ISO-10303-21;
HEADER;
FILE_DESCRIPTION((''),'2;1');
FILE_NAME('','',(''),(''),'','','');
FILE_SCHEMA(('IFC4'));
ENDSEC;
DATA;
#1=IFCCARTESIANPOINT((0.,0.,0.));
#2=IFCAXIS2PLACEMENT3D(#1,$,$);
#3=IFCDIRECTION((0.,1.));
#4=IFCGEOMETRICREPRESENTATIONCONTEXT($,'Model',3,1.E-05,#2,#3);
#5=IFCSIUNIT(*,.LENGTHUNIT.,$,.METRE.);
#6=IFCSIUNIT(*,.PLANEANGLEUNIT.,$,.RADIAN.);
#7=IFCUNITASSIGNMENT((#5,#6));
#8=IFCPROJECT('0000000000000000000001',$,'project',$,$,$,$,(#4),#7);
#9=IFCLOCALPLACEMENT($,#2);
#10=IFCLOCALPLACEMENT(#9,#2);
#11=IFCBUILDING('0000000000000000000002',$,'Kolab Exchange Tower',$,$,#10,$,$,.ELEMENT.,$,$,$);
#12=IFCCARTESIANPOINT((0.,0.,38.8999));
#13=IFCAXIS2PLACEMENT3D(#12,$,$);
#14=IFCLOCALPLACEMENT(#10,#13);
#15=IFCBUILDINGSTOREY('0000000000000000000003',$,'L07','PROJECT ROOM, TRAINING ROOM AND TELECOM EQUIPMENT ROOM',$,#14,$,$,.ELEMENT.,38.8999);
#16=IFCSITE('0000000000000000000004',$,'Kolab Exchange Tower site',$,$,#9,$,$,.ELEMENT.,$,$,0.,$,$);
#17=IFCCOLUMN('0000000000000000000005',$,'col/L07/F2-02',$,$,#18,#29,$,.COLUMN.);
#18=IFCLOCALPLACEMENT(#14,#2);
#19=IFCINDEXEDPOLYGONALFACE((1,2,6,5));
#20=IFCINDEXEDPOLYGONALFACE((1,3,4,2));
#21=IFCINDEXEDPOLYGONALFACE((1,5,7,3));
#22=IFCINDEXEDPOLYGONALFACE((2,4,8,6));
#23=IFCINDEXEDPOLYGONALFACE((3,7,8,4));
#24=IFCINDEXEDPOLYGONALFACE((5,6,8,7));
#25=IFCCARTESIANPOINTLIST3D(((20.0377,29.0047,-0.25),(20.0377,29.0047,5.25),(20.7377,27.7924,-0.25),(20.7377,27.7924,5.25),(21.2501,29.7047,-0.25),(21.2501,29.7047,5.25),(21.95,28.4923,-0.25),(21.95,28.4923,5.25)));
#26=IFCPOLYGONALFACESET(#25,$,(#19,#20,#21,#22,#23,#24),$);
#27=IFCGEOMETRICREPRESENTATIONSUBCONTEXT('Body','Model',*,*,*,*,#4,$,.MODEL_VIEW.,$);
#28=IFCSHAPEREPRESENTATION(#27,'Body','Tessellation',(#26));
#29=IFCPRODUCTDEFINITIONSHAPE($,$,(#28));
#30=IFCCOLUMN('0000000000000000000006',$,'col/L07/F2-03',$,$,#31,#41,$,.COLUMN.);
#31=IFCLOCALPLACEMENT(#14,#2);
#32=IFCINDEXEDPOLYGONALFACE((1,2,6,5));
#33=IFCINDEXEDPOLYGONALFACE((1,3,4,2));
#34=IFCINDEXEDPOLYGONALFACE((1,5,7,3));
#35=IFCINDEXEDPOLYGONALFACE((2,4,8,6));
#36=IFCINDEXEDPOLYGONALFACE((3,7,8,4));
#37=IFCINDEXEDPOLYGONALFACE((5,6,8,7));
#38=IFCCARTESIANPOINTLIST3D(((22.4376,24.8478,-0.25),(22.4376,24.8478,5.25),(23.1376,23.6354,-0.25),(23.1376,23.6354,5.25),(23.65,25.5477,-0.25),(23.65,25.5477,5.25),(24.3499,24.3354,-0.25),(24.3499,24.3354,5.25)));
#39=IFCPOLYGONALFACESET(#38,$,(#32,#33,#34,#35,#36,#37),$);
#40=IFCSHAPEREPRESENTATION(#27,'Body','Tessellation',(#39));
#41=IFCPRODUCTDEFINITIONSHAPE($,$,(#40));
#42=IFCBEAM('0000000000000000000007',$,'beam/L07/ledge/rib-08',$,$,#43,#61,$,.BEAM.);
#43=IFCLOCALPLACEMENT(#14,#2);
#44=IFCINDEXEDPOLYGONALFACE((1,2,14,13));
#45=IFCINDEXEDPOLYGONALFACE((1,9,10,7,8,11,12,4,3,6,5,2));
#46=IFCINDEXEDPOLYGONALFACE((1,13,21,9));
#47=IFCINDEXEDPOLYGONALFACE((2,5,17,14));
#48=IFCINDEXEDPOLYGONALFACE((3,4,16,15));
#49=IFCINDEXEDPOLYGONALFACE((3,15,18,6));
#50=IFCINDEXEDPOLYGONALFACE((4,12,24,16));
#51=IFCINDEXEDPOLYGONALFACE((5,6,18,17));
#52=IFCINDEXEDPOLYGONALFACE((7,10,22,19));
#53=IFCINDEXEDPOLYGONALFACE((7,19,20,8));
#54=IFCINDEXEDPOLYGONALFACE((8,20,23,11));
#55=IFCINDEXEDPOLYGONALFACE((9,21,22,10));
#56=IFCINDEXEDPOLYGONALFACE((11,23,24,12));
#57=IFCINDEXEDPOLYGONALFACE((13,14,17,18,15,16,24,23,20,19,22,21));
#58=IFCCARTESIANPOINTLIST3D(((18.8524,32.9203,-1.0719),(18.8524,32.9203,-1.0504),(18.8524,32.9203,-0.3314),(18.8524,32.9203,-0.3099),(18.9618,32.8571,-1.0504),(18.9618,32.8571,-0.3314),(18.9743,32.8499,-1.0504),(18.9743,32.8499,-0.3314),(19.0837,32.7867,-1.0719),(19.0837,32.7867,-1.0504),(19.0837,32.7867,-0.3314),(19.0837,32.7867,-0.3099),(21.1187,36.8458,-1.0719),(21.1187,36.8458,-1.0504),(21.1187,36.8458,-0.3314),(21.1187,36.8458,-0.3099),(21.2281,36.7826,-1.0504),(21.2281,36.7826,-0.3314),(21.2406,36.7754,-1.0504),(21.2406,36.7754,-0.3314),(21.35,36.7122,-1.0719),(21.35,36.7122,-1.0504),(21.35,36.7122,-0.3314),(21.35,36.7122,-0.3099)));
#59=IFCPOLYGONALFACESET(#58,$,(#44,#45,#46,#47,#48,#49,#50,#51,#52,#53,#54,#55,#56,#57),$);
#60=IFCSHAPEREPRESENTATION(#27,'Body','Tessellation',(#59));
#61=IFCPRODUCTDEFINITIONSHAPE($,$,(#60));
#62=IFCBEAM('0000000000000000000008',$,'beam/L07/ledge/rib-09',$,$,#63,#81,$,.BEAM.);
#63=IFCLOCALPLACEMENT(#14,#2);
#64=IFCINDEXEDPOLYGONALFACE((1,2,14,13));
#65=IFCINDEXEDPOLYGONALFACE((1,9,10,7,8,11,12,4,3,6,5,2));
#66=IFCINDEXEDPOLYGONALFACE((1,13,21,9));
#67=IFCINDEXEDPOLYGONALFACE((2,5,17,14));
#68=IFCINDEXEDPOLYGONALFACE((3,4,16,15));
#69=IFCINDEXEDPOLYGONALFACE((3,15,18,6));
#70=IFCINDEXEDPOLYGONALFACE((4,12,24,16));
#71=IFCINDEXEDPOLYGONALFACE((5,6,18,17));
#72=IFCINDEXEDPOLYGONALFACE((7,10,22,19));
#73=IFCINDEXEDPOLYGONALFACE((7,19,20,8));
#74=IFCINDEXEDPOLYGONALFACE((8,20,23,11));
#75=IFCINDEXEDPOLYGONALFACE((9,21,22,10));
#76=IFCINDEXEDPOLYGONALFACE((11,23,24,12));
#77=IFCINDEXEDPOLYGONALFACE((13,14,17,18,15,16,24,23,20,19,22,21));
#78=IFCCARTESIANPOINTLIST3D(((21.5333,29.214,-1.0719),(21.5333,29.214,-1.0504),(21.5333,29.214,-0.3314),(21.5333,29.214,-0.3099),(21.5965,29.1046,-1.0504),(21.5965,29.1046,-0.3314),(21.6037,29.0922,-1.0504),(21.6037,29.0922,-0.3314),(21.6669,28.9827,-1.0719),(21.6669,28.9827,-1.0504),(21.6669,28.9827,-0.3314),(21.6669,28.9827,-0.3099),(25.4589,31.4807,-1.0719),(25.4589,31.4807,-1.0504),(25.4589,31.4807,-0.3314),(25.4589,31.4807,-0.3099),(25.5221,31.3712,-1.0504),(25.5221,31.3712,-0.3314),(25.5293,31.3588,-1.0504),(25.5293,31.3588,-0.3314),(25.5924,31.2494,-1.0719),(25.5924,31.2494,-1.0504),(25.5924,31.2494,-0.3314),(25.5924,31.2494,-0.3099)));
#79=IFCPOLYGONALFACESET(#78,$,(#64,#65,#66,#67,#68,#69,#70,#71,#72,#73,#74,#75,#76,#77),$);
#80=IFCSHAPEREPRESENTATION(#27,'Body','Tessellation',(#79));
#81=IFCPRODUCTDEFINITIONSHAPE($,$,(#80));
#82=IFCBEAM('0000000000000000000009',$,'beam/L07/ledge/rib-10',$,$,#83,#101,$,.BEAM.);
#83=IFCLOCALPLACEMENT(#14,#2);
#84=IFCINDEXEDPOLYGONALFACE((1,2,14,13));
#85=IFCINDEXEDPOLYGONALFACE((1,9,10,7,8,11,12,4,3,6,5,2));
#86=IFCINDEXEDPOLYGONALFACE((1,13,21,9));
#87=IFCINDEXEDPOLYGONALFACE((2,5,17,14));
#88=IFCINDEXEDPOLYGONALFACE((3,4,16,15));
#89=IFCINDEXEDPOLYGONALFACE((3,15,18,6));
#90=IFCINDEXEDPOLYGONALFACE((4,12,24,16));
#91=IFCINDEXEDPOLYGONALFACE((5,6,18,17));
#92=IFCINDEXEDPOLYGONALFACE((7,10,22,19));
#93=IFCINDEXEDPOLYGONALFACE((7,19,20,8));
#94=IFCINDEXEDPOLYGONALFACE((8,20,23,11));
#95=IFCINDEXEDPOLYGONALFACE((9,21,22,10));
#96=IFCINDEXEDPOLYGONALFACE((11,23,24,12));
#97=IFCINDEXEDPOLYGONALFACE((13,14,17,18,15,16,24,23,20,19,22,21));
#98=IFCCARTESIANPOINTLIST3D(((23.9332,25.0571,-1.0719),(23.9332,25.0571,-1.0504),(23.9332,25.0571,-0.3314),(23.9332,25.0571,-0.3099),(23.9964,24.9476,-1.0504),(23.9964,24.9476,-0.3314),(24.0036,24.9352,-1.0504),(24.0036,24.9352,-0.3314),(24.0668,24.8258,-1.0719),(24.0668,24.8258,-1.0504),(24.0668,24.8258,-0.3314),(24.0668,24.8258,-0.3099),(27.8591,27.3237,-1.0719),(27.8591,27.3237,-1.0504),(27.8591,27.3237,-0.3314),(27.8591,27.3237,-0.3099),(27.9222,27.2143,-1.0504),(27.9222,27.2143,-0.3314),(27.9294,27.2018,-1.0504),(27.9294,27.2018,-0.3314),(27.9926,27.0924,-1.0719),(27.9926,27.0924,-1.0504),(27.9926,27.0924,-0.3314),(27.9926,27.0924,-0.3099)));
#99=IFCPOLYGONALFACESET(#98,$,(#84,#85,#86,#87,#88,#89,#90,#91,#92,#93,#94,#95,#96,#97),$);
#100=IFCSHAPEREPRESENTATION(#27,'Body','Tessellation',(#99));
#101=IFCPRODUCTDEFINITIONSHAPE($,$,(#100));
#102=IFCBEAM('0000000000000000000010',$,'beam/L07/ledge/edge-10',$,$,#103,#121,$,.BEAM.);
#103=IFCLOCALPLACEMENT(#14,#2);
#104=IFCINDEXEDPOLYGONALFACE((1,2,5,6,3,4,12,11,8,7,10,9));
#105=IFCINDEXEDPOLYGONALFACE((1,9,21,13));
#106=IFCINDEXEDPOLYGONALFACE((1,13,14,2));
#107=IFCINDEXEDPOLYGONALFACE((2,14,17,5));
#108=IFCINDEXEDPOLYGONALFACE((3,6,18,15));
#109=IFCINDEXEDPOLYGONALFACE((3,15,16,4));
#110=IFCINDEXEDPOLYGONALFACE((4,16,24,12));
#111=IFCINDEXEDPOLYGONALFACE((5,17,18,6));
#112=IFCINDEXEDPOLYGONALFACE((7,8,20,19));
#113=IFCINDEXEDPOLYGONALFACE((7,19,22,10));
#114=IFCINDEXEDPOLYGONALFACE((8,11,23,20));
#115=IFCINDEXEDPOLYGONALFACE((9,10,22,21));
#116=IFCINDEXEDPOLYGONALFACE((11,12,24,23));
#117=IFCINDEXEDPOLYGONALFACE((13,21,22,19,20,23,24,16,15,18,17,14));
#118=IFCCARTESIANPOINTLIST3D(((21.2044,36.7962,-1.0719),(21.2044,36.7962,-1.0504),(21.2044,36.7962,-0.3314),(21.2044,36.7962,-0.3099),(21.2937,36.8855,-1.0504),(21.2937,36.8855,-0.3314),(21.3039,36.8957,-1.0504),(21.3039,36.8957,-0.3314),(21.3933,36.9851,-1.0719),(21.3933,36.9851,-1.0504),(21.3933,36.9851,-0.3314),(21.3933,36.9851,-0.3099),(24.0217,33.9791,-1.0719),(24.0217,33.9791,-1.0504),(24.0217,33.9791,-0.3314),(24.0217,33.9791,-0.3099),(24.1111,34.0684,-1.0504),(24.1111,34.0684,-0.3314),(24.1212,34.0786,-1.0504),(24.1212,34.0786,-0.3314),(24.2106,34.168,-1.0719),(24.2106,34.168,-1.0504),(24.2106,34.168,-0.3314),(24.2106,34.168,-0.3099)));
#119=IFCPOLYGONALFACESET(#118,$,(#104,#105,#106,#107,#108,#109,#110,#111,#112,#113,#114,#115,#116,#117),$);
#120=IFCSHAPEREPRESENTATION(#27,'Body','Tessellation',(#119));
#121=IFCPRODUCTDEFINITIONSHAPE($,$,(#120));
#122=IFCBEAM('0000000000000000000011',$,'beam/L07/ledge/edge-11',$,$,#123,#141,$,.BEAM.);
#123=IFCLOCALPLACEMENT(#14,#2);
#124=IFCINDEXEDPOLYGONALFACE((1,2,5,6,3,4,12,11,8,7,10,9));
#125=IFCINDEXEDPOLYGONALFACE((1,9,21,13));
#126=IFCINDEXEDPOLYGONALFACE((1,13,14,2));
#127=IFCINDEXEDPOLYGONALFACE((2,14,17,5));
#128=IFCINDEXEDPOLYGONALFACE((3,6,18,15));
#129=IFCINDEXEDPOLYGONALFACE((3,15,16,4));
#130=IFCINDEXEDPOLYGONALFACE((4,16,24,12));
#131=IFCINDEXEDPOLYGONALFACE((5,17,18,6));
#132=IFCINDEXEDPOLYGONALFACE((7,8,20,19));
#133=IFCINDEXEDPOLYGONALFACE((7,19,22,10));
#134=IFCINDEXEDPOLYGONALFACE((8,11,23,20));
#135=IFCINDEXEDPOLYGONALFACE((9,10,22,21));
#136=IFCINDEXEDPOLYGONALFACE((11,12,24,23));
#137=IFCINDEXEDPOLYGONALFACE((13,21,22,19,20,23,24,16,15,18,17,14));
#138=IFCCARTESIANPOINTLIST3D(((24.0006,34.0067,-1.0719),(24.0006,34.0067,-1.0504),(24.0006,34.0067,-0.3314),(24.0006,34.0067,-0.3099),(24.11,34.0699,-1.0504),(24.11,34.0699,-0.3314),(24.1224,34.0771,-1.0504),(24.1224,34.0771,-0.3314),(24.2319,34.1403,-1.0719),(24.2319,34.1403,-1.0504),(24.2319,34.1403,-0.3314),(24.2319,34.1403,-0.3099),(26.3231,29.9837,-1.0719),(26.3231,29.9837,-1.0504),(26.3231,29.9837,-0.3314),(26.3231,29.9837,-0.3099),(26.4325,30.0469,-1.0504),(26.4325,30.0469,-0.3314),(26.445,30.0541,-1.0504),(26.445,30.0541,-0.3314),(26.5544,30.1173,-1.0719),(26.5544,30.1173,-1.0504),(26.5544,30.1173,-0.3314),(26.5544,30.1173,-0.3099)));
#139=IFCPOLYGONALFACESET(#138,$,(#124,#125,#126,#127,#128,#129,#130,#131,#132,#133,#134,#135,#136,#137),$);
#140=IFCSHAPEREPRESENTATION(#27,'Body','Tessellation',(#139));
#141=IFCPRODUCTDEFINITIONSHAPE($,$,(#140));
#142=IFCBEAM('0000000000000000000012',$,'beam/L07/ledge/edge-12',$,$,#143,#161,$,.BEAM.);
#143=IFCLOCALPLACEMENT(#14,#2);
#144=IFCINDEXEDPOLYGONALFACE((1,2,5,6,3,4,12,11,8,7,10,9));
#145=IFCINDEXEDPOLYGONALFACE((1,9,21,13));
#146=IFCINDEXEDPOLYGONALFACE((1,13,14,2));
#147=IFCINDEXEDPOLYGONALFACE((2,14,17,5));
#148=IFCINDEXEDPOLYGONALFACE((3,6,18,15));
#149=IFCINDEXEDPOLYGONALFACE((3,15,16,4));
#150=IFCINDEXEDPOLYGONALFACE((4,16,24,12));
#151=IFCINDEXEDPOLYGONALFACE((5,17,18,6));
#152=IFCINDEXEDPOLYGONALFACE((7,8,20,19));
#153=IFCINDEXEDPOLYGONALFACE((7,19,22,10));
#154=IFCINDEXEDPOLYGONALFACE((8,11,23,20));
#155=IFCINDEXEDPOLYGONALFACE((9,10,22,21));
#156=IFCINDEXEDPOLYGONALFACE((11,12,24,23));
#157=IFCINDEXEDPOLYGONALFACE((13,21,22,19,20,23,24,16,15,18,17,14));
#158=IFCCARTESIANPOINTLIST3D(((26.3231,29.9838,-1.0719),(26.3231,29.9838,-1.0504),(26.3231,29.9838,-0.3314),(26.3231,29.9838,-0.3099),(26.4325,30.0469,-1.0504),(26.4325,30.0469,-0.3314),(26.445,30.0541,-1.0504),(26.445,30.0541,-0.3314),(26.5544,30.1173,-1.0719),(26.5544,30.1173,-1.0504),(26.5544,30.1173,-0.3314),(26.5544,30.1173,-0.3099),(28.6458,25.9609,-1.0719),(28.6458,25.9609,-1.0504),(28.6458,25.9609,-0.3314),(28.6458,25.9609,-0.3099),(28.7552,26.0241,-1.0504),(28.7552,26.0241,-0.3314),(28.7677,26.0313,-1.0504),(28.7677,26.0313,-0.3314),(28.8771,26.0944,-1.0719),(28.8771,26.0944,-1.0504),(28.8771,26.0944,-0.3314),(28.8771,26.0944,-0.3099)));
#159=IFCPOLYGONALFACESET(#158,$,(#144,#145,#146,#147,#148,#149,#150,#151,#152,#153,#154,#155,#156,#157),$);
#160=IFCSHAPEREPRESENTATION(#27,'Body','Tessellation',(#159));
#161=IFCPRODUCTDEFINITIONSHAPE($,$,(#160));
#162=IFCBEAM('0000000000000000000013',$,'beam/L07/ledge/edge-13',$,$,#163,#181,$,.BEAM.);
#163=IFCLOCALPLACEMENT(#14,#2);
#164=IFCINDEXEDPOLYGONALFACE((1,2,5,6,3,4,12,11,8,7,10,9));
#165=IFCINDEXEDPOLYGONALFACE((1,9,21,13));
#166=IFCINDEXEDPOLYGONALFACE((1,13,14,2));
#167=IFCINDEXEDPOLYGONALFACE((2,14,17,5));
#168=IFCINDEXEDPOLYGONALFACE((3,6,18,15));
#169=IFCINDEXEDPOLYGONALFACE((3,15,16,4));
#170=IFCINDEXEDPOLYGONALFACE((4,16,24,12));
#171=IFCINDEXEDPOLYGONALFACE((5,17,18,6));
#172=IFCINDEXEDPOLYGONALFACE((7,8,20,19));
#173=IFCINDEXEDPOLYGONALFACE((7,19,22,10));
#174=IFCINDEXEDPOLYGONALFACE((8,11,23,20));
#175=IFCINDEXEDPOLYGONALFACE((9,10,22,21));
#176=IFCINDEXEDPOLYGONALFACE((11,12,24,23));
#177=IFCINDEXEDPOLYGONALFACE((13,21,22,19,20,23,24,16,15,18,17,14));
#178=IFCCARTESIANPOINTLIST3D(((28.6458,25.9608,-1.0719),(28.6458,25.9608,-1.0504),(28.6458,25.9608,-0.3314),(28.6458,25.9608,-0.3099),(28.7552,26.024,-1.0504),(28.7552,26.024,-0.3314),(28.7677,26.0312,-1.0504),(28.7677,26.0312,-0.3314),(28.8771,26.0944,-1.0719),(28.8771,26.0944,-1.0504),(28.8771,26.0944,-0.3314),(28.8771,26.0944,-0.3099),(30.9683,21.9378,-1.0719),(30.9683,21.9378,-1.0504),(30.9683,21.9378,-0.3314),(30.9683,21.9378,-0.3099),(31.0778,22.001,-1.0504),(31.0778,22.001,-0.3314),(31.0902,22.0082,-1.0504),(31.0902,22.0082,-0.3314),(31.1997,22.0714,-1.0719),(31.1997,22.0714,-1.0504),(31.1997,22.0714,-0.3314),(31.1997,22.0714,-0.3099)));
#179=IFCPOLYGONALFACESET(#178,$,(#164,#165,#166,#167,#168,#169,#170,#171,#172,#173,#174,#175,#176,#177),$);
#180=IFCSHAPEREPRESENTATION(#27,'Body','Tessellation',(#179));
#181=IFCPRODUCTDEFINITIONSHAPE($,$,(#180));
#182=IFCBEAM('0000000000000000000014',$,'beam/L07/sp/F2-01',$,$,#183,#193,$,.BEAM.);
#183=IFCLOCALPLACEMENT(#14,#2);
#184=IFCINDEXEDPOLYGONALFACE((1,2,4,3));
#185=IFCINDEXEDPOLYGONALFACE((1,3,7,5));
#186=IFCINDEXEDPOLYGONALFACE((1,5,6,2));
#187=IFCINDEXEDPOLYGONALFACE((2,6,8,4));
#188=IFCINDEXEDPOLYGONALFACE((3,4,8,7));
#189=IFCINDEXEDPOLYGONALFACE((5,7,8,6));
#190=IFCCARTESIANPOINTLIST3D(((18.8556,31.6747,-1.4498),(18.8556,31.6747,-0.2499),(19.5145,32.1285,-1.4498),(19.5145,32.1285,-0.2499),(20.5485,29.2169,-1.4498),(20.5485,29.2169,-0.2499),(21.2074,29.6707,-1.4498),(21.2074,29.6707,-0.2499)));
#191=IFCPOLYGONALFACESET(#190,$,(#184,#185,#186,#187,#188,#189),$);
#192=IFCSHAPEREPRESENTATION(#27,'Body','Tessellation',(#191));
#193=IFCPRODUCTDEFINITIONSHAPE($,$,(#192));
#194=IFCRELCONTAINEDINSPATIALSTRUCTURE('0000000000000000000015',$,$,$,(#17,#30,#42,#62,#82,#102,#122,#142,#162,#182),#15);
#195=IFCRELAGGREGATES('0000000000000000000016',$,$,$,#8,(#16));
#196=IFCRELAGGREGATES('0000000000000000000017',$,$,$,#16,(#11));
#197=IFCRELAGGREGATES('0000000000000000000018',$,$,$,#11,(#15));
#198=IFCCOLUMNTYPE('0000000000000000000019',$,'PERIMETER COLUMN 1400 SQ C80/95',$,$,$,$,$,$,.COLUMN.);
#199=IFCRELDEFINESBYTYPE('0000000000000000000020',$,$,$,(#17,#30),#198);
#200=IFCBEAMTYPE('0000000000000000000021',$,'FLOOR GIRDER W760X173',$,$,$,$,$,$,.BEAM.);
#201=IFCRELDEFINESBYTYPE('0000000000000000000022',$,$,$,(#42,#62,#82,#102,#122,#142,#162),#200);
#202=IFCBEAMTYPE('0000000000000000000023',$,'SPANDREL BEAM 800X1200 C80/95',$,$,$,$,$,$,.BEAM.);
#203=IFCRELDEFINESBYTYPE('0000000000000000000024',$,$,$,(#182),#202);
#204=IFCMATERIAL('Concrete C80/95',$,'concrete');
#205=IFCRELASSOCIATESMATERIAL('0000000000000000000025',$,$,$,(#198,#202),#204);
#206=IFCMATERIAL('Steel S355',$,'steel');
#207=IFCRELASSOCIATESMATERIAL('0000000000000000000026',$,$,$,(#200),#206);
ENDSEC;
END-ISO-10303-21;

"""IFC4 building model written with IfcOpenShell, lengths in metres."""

from ifc_helpers import new_model, si_unit, direction, frame, origin, origin_2d, place, context, subcontext, project, spatial, rectangle, i_section, extrude, material, material_profile, profile_set, type_object, element, save


model = new_model("IFC4")

# Units and contexts
model_context = context("Model", 3, precision=1e-05, world=origin(), true_north=direction((0.0, 1.0)))
body_context = subcontext(model_context, "Body", "Model", "MODEL_VIEW")
ifc_project = project(units=[si_unit("LENGTHUNIT", "METRE"), si_unit("PLANEANGLEUNIT", "RADIAN")], contexts=[model_context])

# Site, building, storey
site_placement = place(None, origin())
site = spatial("IfcSite", under=ifc_project, at=site_placement, Name="Kolab Exchange Tower site", CompositionType="ELEMENT", RefElevation=0.0)
building_placement = place(site_placement, origin())
building = spatial("IfcBuilding", under=site, at=building_placement, Name="Kolab Exchange Tower", CompositionType="ELEMENT")
storey_placement = place(building_placement, frame((0.0, 0.0, 38.8999)))
storey = spatial("IfcBuildingStorey", under=building, at=storey_placement, Name="L07", Description="PROJECT ROOM, TRAINING ROOM AND TELECOM EQUIPMENT ROOM", CompositionType="ELEMENT", Elevation=38.8999)

# Columns
ifc_material_1 = material(Name="Concrete C80/95", Category="concrete")
ifc_material_profile_1 = material_profile(ifc_material_1, rectangle(XDim=1.3999, YDim=1.3999, at=origin_2d()), Name="RC1400")
ifc_profile_set_1 = profile_set([ifc_material_profile_1], Name="Concrete C80/95")
column_type = type_object("IfcColumnType", Name="PERIMETER COLUMN 1400 SQ C80/95", PredefinedType="COLUMN", material=ifc_profile_set_1)
for number, where, z_axis, x_axis, name in (
    (1, (20.9939, 28.7485, -0.25), (0.0, 0.0, 1.0), (0.866025, 0.5, 0.0), "col/L07/F2-02"),
    (2, (23.3938, 24.5916, -0.25), (0.0, 0.0, 1.0), (0.866025, 0.5, 0.0), "col/L07/F2-03"),
):
    element("IfcColumn", number, at=place(storey_placement, frame(where, z_axis=z_axis, x_axis=x_axis)), inside=storey, type_object=column_type, Name=name, PredefinedType="COLUMN", context=body_context, shape_type="SweptSolid", body=[
        extrude(rectangle(XDim=1.3999, YDim=1.3999, at=origin_2d()), origin(), (0.0, 0.0, 1.0), 5.5),
    ])

# Beams
ifc_material_2 = material(Name="Steel S355", Category="steel")
ifc_material_profile_2 = material_profile(ifc_material_2, i_section(OverallWidth=0.2671, OverallDepth=0.762, WebThickness=0.0144, FlangeThickness=0.0215, at=origin_2d()), Name="W760X173")
ifc_profile_set_2 = profile_set([ifc_material_profile_2], Name="Steel S355")
beam_type_1 = type_object("IfcBeamType", Name="FLOOR GIRDER W760X173", PredefinedType="BEAM", material=ifc_profile_set_2)
beam_1_placement = place(storey_placement, frame((18.968, 32.8535, -0.6909), z_axis=(0.499991, 0.86603, 0.0), x_axis=(-0.86603, 0.499991, 0.0)))
element("IfcBeam", 3, at=beam_1_placement, inside=storey, type_object=beam_type_1, Name="beam/L07/ledge/rib-08", PredefinedType="BEAM", context=body_context, shape_type="SweptSolid", body=[
    extrude(i_section(OverallWidth=0.2671, OverallDepth=0.762, WebThickness=0.0144, FlangeThickness=0.0215, at=origin_2d()), origin(), (0.0, 0.0, 1.0), 4.5327),
])
beam_2_placement = place(storey_placement, frame((21.6001, 29.0984, -0.6909), z_axis=(0.866007, 0.500032, 0.0), x_axis=(-0.500032, 0.866007, 0.0)))
element("IfcBeam", 4, at=beam_2_placement, inside=storey, type_object=beam_type_1, Name="beam/L07/ledge/rib-09", PredefinedType="BEAM", context=body_context, shape_type="SweptSolid", body=[
    extrude(i_section(OverallWidth=0.2671, OverallDepth=0.762, WebThickness=0.0144, FlangeThickness=0.0215, at=origin_2d()), origin(), (0.0, 0.0, 1.0), 4.533),
])
beam_3_placement = place(storey_placement, frame((24.0, 24.9414, -0.6909), z_axis=(0.866021, 0.500008, 0.0), x_axis=(-0.500008, 0.866021, 0.0)))
element("IfcBeam", 5, at=beam_3_placement, inside=storey, type_object=beam_type_1, Name="beam/L07/ledge/rib-10", PredefinedType="BEAM", context=body_context, shape_type="SweptSolid", body=[
    extrude(i_section(OverallWidth=0.2671, OverallDepth=0.762, WebThickness=0.0144, FlangeThickness=0.0215, at=origin_2d()), origin(), (0.0, 0.0, 1.0), 4.5332),
])
beam_4_placement = place(storey_placement, frame((21.2988, 36.8906, -0.6909), z_axis=(0.707137, -0.707076, 0.0), x_axis=(0.707076, 0.707137, 0.0)))
element("IfcBeam", 6, at=beam_4_placement, inside=storey, type_object=beam_type_1, Name="beam/L07/ledge/edge-10", PredefinedType="BEAM", context=body_context, shape_type="SweptSolid", body=[
    extrude(i_section(OverallWidth=0.2671, OverallDepth=0.762, WebThickness=0.0144, FlangeThickness=0.0215, at=origin_2d()), origin(), (0.0, 0.0, 1.0), 3.9841),
])
for number, where, z_axis, x_axis, name in (
    (7, (24.1162, 34.0735, -0.6909), (0.499977, -0.866039, 0.0), (0.866039, 0.499977, 0.0), "beam/L07/ledge/edge-11"),
    (8, (26.4387, 30.0505, -0.6909), (0.500017, -0.866016, 0.0), (0.866016, 0.500017, 0.0), "beam/L07/ledge/edge-12"),
    (9, (28.7615, 26.0276, -0.6909), (0.499977, -0.866039, 0.0), (0.866039, 0.499977, 0.0), "beam/L07/ledge/edge-13"),
):
    element("IfcBeam", number, at=place(storey_placement, frame(where, z_axis=z_axis, x_axis=x_axis)), inside=storey, type_object=beam_type_1, Name=name, PredefinedType="BEAM", context=body_context, shape_type="SweptSolid", body=[
        extrude(i_section(OverallWidth=0.2671, OverallDepth=0.762, WebThickness=0.0144, FlangeThickness=0.0215, at=origin_2d()), origin(), (0.0, 0.0, 1.0), 4.6453),
    ])
ifc_material_profile_3 = material_profile(ifc_material_1, rectangle(XDim=0.8, YDim=1.2, at=origin_2d()), Name="RC800X1200")
ifc_profile_set_3 = profile_set([ifc_material_profile_3], Name="Concrete C80/95")
beam_type_2 = type_object("IfcBeamType", Name="SPANDREL BEAM 800X1200 C80/95", PredefinedType="BEAM", material=ifc_profile_set_3)
beam_5_placement = place(storey_placement, frame((19.1851, 31.9016, -0.8499), z_axis=(0.567247, -0.823548, 0.0), x_axis=(0.823548, 0.567247, 0.0)))
element("IfcBeam", 10, at=beam_5_placement, inside=storey, type_object=beam_type_2, Name="beam/L07/sp/F2-01", PredefinedType="BEAM", context=body_context, shape_type="SweptSolid", body=[
    extrude(rectangle(XDim=0.8, YDim=1.2, at=origin_2d()), origin(), (0.0, 0.0, 1.0), 2.9844),
])

save(model, "model.ifc")
